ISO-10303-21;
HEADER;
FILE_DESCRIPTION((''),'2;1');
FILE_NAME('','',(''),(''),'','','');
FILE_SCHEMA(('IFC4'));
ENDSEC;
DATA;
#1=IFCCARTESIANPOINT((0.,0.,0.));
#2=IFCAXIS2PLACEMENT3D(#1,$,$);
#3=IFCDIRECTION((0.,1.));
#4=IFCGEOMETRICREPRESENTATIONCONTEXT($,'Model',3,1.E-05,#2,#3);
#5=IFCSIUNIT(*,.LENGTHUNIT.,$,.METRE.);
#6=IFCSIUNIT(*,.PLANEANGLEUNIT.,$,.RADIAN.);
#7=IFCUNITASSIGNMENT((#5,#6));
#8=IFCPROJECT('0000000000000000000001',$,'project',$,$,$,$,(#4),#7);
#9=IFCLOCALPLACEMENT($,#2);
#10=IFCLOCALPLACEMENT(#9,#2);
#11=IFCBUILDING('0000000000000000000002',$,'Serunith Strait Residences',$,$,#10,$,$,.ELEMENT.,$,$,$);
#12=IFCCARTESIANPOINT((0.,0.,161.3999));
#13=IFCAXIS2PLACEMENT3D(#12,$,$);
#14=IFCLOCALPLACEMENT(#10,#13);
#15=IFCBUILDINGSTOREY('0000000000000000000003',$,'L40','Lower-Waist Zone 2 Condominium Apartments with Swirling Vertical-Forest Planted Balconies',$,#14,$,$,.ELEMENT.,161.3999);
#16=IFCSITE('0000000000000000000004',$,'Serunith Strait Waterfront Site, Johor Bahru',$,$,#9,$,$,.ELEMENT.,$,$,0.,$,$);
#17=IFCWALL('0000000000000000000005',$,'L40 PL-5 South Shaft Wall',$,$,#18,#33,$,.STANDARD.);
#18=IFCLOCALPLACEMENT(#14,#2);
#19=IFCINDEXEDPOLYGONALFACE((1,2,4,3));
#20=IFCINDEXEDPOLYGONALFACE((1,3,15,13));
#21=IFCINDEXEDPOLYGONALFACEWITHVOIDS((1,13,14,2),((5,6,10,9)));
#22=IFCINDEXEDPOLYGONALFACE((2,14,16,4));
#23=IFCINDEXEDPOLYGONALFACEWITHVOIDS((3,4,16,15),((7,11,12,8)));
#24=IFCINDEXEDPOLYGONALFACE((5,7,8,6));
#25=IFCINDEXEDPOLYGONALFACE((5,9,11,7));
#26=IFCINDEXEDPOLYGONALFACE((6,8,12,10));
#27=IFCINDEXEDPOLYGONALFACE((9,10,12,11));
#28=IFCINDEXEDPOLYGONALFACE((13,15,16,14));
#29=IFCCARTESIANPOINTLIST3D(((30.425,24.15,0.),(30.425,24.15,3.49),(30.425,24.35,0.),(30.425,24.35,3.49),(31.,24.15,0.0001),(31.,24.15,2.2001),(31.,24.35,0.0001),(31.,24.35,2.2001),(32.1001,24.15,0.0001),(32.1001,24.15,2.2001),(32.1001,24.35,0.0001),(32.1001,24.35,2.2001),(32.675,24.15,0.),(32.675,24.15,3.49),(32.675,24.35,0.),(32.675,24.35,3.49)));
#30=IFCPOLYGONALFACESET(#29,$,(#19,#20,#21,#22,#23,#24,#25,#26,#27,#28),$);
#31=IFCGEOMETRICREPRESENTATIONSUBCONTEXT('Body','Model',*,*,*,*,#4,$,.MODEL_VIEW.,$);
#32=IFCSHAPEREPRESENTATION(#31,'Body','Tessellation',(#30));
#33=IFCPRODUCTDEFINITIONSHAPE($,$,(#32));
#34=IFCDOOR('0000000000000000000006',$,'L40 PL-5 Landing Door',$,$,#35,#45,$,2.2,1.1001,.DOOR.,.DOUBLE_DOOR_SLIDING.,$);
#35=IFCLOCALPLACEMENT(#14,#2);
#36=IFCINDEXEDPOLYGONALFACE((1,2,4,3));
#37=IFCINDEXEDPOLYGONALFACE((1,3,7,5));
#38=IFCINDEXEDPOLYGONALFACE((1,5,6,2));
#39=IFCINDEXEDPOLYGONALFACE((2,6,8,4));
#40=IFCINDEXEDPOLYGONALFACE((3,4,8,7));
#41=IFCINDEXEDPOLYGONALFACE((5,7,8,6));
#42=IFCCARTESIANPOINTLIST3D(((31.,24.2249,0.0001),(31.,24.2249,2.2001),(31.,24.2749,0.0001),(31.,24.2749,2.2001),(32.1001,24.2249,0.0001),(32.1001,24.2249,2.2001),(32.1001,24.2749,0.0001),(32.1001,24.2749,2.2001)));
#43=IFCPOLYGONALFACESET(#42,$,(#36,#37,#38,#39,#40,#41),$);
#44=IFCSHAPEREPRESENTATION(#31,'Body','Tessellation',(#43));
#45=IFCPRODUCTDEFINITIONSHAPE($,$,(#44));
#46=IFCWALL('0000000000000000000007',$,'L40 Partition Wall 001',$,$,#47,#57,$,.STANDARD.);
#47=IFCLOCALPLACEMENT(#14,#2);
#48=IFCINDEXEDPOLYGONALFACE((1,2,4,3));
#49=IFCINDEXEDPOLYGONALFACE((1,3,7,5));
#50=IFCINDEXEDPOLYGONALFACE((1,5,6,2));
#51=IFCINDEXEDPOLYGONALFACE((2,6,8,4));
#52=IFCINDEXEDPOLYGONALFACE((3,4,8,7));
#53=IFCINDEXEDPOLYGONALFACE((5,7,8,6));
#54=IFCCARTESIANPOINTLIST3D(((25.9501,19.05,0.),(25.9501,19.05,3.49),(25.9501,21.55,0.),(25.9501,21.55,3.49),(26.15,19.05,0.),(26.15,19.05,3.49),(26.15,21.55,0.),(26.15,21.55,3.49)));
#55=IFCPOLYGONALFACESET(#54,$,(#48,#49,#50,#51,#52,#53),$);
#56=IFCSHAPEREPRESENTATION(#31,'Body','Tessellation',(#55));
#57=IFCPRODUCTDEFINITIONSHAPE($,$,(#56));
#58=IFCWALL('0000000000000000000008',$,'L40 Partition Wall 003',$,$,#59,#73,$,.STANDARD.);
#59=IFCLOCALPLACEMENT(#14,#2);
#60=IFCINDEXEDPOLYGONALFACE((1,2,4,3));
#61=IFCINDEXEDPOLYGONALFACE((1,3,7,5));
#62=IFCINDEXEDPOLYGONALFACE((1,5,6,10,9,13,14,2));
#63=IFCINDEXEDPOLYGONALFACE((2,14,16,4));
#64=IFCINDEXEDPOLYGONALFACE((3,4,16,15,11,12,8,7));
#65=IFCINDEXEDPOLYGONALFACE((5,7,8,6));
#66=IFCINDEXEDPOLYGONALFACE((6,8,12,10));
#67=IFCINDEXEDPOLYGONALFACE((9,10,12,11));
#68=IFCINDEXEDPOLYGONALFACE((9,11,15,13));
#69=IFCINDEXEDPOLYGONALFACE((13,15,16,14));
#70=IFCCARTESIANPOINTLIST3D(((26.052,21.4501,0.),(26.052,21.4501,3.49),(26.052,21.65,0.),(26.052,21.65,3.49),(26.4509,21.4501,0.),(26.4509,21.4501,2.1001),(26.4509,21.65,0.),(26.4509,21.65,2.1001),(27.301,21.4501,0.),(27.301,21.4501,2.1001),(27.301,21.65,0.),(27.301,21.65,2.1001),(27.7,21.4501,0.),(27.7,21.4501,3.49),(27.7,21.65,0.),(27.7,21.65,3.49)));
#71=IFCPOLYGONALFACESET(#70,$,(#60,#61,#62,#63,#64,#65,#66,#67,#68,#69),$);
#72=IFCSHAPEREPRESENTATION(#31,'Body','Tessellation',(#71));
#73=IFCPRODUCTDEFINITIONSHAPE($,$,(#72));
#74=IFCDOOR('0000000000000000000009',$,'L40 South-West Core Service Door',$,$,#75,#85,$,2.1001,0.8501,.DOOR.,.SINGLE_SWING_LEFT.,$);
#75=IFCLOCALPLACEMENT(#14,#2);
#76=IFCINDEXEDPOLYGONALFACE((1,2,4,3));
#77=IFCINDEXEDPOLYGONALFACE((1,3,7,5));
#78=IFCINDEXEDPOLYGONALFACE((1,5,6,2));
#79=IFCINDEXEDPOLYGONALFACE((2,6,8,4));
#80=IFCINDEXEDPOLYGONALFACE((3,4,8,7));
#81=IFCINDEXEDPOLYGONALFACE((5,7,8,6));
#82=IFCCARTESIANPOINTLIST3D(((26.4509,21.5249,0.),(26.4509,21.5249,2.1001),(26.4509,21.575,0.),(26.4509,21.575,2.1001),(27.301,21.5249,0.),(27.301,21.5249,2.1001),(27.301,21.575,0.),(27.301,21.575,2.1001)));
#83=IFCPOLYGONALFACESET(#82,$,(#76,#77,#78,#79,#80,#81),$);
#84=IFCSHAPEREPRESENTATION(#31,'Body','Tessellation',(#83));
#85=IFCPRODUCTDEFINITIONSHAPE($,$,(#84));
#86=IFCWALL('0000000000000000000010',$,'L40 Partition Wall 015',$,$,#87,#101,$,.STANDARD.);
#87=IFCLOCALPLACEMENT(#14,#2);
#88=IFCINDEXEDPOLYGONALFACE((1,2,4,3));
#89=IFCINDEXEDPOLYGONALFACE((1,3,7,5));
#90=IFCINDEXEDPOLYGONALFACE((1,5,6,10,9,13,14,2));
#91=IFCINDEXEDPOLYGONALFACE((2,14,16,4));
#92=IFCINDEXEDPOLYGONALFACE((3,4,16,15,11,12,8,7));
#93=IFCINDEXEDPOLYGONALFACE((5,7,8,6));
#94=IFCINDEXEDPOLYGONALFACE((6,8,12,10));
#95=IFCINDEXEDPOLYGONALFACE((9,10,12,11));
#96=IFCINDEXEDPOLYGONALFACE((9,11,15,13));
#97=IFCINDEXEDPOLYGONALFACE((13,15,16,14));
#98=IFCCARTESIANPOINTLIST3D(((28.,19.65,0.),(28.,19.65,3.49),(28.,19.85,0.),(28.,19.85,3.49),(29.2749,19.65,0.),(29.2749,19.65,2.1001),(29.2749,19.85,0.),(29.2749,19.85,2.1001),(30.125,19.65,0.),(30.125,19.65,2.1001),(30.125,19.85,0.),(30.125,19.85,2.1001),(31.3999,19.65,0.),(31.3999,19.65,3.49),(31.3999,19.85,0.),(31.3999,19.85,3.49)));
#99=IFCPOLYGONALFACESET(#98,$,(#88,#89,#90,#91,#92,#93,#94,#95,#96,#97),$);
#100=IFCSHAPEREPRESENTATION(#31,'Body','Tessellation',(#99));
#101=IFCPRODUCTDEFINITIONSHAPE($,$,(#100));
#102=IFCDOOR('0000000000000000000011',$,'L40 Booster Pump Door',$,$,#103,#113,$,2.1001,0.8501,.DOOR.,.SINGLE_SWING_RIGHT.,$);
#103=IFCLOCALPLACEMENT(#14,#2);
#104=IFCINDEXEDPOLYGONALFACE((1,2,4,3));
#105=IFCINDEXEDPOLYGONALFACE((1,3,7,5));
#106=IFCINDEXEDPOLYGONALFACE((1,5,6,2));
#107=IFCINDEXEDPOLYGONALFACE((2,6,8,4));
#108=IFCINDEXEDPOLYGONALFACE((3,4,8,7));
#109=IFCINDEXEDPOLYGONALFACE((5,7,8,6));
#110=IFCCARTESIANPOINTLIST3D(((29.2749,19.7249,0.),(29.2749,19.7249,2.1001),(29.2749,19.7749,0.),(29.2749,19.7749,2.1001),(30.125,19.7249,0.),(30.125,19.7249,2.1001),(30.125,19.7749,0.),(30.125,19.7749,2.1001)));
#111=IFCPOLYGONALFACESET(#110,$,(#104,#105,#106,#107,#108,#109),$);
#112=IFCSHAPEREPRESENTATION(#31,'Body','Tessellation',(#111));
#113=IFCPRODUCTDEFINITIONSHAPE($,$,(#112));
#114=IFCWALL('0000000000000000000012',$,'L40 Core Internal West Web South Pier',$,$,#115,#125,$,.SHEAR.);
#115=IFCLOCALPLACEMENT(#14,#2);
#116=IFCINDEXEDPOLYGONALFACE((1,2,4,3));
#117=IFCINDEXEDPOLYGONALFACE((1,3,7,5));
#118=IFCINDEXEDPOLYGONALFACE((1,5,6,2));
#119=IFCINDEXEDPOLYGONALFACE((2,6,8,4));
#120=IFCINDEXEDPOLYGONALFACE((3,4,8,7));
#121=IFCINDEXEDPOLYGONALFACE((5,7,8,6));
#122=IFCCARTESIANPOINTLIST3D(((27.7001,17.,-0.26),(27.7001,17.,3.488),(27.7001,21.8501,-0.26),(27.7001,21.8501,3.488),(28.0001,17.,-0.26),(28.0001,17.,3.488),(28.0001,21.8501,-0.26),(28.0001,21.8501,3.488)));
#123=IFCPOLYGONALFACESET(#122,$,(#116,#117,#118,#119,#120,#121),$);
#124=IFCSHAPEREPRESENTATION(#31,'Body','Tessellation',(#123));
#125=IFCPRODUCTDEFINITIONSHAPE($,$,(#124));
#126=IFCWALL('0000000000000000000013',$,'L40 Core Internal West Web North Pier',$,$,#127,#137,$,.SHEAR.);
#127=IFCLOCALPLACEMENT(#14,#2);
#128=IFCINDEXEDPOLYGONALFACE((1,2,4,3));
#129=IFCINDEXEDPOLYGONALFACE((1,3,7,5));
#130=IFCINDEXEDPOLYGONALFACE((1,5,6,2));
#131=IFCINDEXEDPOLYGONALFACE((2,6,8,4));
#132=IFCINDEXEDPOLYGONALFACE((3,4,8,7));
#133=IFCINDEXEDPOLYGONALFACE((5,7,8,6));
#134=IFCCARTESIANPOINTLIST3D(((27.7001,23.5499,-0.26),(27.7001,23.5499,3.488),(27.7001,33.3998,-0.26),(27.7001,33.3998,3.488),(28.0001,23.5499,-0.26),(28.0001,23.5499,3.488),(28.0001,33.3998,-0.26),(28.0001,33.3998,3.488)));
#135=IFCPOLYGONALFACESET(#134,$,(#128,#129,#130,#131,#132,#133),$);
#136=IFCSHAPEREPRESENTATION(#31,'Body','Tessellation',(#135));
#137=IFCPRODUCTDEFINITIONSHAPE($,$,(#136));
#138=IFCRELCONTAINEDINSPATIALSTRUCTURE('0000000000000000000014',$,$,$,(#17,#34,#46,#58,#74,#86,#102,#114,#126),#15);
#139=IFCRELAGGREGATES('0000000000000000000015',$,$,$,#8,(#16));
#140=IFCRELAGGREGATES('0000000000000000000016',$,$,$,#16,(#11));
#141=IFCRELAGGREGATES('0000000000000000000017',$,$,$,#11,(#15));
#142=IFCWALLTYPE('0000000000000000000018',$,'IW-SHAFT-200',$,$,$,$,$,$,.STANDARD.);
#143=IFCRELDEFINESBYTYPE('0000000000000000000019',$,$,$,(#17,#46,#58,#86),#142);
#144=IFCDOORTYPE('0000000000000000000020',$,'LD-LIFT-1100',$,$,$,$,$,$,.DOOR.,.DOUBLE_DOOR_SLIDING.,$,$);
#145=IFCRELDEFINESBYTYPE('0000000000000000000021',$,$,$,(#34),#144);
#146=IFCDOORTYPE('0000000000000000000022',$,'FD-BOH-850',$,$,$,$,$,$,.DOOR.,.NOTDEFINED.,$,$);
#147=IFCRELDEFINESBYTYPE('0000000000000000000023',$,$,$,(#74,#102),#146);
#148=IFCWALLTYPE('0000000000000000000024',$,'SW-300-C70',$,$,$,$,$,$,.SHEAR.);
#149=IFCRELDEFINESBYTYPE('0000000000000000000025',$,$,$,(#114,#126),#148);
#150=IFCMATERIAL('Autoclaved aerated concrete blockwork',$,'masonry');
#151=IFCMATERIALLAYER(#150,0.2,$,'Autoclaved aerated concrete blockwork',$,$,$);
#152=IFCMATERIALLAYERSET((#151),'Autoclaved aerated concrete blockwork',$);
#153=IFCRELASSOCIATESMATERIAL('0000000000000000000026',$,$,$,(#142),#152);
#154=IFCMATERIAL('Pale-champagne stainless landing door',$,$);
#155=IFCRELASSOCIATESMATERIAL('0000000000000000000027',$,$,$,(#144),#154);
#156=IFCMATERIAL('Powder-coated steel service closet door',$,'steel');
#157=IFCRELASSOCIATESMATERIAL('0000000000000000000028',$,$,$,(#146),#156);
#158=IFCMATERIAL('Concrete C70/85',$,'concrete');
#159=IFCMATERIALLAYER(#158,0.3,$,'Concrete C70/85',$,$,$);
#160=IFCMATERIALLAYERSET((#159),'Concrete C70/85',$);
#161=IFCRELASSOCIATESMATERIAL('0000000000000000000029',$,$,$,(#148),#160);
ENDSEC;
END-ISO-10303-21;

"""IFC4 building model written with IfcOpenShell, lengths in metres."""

from ifc_helpers import new_model, si_unit, direction, frame, frame_2d, origin, place, context, subcontext, project, spatial, rectangle, extrude, source, transform, mapped, material, layer, layer_set, type_object, element, fill, save


model = new_model("IFC4")

# Units and contexts
model_context = context("Model", 3, precision=1e-05, world=origin(), true_north=direction((0.0, 1.0)))
body_context = subcontext(model_context, "Body", "Model", "MODEL_VIEW")
ifc_project = project(units=[si_unit("LENGTHUNIT", "METRE"), si_unit("PLANEANGLEUNIT", "RADIAN")], contexts=[model_context])

# Site, building, storey
site_placement = place(None, origin())
site = spatial("IfcSite", under=ifc_project, at=site_placement, Name="Serunith Strait Waterfront Site, Johor Bahru", CompositionType="ELEMENT", RefElevation=0.0)
building_placement = place(site_placement, origin())
building = spatial("IfcBuilding", under=site, at=building_placement, Name="Serunith Strait Residences", CompositionType="ELEMENT")
storey_placement = place(building_placement, frame((0.0, 0.0, 161.3999)))
storey = spatial("IfcBuildingStorey", under=building, at=storey_placement, Name="L40", Description="Lower-Waist Zone 2 Condominium Apartments with Swirling Vertical-Forest Planted Balconies", CompositionType="ELEMENT", Elevation=161.3999)

# Wall, opening, door
ifc_material_1 = material(Name="Autoclaved aerated concrete blockwork", Category="masonry")
ifc_layer_1 = layer(ifc_material_1, 0.2, Name="Autoclaved aerated concrete blockwork")
ifc_layer_set_1 = layer_set([ifc_layer_1], Name="Autoclaved aerated concrete blockwork")
wall_type_1 = type_object("IfcWallType", Name="IW-SHAFT-200", PredefinedType="STANDARD", material=ifc_layer_set_1)
ifc_material_2 = material(Name="Pale-champagne stainless landing door")
door_type_1 = type_object("IfcDoorType", Name="LD-LIFT-1100", OperationType="DOUBLE_DOOR_SLIDING", PredefinedType="DOOR", material=ifc_material_2)
shared_shape_1 = source(origin(), body_context, "Body", "SweptSolid", [
    extrude(rectangle(XDim=1.1001, YDim=2.2, at=frame_2d((0.55, 1.1001))), frame((0.0, 0.0249, 0.0), z_axis=(0.0, -1.0, 0.0), x_axis=(1.0, 0.0, 0.0)), (0.0, 0.0, 1.0), 0.05),
])
wall_1_placement = place(storey_placement, frame((30.425, 24.25, 0.0), z_axis=(0.0, 0.0, 1.0), x_axis=(1.0, 0.0, 0.0)))
wall_1 = element("IfcWall", 1, at=wall_1_placement, inside=storey, type_object=wall_type_1, Name="L40 PL-5 South Shaft Wall", PredefinedType="STANDARD", context=body_context, shape_type="SweptSolid", body=[
    extrude(rectangle(XDim=2.25, YDim=0.2, at=frame_2d((1.125, 0.0))), origin(), (0.0, 0.0, 1.0), 3.49),
])
opening_1_placement = place(wall_1_placement, frame((0.575, 0.0, 0.0)))
opening_1 = element("IfcOpeningElement", 2, at=opening_1_placement, cuts=wall_1, PredefinedType="OPENING", context=body_context, shape_type="SweptSolid", body=[
    extrude(rectangle(XDim=1.1001, YDim=2.2, at=frame_2d((0.55, 1.1001))), frame((0.0, 0.1099, 0.0), z_axis=(0.0, -1.0, 0.0), x_axis=(1.0, 0.0, 0.0)), (0.0, 0.0, 1.0), 0.22),
])
door_1_placement = place(opening_1_placement, origin())
door_1 = element("IfcDoor", 3, at=door_1_placement, inside=storey, type_object=door_type_1, Name="L40 PL-5 Landing Door", OperationType="DOUBLE_DOOR_SLIDING", OverallHeight=2.2, OverallWidth=1.1001, PredefinedType="DOOR", context=body_context, shape_type="MappedRepresentation", body=[
    mapped(shared_shape_1, transform((0.0, 0.0, 0.0), scale=1.0)),
])
fill(opening_1, door_1)

# Wall
wall_2_placement = place(storey_placement, frame((26.05, 19.05, 0.0), z_axis=(0.0, 0.0, 1.0), x_axis=(0.0, 1.0, 0.0)))
element("IfcWall", 4, at=wall_2_placement, inside=storey, type_object=wall_type_1, Name="L40 Partition Wall 001", PredefinedType="STANDARD", context=body_context, shape_type="SweptSolid", body=[
    extrude(rectangle(XDim=2.5, YDim=0.2, at=frame_2d((1.25, 0.0))), origin(), (0.0, 0.0, 1.0), 3.49),
])

# Walls, openings, doors
wall_3_placement = place(storey_placement, frame((26.052, 21.55, 0.0), z_axis=(0.0, 0.0, 1.0), x_axis=(1.0, 0.0, 0.0)))
wall_3 = element("IfcWall", 5, at=wall_3_placement, inside=storey, type_object=wall_type_1, Name="L40 Partition Wall 003", PredefinedType="STANDARD", context=body_context, shape_type="SweptSolid", body=[
    extrude(rectangle(XDim=1.6479, YDim=0.2, at=frame_2d((0.824, 0.0))), origin(), (0.0, 0.0, 1.0), 3.49),
])
opening_2_placement = place(wall_3_placement, frame((0.3989, 0.0, 0.0)))
opening_2 = element("IfcOpeningElement", 6, at=opening_2_placement, cuts=wall_3, PredefinedType="OPENING", context=body_context, shape_type="SweptSolid", body=[
    extrude(rectangle(XDim=0.8501, YDim=2.1001, at=frame_2d((0.425, 1.05))), frame((0.0, 0.1099, 0.0), z_axis=(0.0, -1.0, 0.0), x_axis=(1.0, 0.0, 0.0)), (0.0, 0.0, 1.0), 0.22),
])
ifc_material_3 = material(Name="Powder-coated steel service closet door", Category="steel")
door_type_2 = type_object("IfcDoorType", Name="FD-BOH-850", OperationType="NOTDEFINED", PredefinedType="DOOR", material=ifc_material_3)
shared_shape_2 = source(origin(), body_context, "Body", "SweptSolid", [
    extrude(rectangle(XDim=0.8501, YDim=2.1001, at=frame_2d((0.425, 1.05))), frame((0.0, 0.0249, 0.0), z_axis=(0.0, -1.0, 0.0), x_axis=(1.0, 0.0, 0.0)), (0.0, 0.0, 1.0), 0.05),
])
door_2_placement = place(opening_2_placement, origin())
door_2 = element("IfcDoor", 7, at=door_2_placement, inside=storey, type_object=door_type_2, Name="L40 South-West Core Service Door", OperationType="SINGLE_SWING_LEFT", OverallHeight=2.1001, OverallWidth=0.8501, PredefinedType="DOOR", context=body_context, shape_type="MappedRepresentation", body=[
    mapped(shared_shape_2, transform((0.0, 0.0, 0.0), scale=1.0)),
])
fill(opening_2, door_2)
wall_4_placement = place(storey_placement, frame((28.0, 19.75, 0.0), z_axis=(0.0, 0.0, 1.0), x_axis=(1.0, 0.0, 0.0)))
wall_4 = element("IfcWall", 8, at=wall_4_placement, inside=storey, type_object=wall_type_1, Name="L40 Partition Wall 015", PredefinedType="STANDARD", context=body_context, shape_type="SweptSolid", body=[
    extrude(rectangle(XDim=3.3999, YDim=0.2, at=frame_2d((1.7, 0.0))), origin(), (0.0, 0.0, 1.0), 3.49),
])
opening_3_placement = place(wall_4_placement, frame((1.2749, 0.0, 0.0)))
opening_3 = element("IfcOpeningElement", 9, at=opening_3_placement, cuts=wall_4, PredefinedType="OPENING", context=body_context, shape_type="SweptSolid", body=[
    extrude(rectangle(XDim=0.8501, YDim=2.1001, at=frame_2d((0.425, 1.05))), frame((0.0, 0.1099, 0.0), z_axis=(0.0, -1.0, 0.0), x_axis=(1.0, 0.0, 0.0)), (0.0, 0.0, 1.0), 0.22),
])
door_3_placement = place(opening_3_placement, origin())
door_3 = element("IfcDoor", 10, at=door_3_placement, inside=storey, type_object=door_type_2, Name="L40 Booster Pump Door", OperationType="SINGLE_SWING_RIGHT", OverallHeight=2.1001, OverallWidth=0.8501, PredefinedType="DOOR", context=body_context, shape_type="MappedRepresentation", body=[
    mapped(shared_shape_2, transform((0.0, 0.0, 0.0), scale=1.0)),
])
fill(opening_3, door_3)

# Walls
ifc_material_4 = material(Name="Concrete C70/85", Category="concrete")
ifc_layer_2 = layer(ifc_material_4, 0.3, Name="Concrete C70/85")
ifc_layer_set_2 = layer_set([ifc_layer_2], Name="Concrete C70/85")
wall_type_2 = type_object("IfcWallType", Name="SW-300-C70", PredefinedType="SHEAR", material=ifc_layer_set_2)
wall_5_placement = place(storey_placement, frame((27.8501, 17.0, -0.26), z_axis=(0.0, 0.0, 1.0), x_axis=(0.0, 1.0, 0.0)))
element("IfcWall", 11, at=wall_5_placement, inside=storey, type_object=wall_type_2, Name="L40 Core Internal West Web South Pier", PredefinedType="SHEAR", context=body_context, shape_type="SweptSolid", body=[
    extrude(rectangle(XDim=4.8501, YDim=0.3, at=frame_2d((2.425, 0.0))), origin(), (0.0, 0.0, 1.0), 3.748),
])
wall_6_placement = place(storey_placement, frame((27.8501, 23.55, -0.26), z_axis=(0.0, 0.0, 1.0), x_axis=(0.0, 1.0, 0.0)))
element("IfcWall", 12, at=wall_6_placement, inside=storey, type_object=wall_type_2, Name="L40 Core Internal West Web North Pier", PredefinedType="SHEAR", context=body_context, shape_type="SweptSolid", body=[
    extrude(rectangle(XDim=9.8499, YDim=0.3, at=frame_2d((4.9248, 0.0))), origin(), (0.0, 0.0, 1.0), 3.748),
])

save(model, "model.ifc")
